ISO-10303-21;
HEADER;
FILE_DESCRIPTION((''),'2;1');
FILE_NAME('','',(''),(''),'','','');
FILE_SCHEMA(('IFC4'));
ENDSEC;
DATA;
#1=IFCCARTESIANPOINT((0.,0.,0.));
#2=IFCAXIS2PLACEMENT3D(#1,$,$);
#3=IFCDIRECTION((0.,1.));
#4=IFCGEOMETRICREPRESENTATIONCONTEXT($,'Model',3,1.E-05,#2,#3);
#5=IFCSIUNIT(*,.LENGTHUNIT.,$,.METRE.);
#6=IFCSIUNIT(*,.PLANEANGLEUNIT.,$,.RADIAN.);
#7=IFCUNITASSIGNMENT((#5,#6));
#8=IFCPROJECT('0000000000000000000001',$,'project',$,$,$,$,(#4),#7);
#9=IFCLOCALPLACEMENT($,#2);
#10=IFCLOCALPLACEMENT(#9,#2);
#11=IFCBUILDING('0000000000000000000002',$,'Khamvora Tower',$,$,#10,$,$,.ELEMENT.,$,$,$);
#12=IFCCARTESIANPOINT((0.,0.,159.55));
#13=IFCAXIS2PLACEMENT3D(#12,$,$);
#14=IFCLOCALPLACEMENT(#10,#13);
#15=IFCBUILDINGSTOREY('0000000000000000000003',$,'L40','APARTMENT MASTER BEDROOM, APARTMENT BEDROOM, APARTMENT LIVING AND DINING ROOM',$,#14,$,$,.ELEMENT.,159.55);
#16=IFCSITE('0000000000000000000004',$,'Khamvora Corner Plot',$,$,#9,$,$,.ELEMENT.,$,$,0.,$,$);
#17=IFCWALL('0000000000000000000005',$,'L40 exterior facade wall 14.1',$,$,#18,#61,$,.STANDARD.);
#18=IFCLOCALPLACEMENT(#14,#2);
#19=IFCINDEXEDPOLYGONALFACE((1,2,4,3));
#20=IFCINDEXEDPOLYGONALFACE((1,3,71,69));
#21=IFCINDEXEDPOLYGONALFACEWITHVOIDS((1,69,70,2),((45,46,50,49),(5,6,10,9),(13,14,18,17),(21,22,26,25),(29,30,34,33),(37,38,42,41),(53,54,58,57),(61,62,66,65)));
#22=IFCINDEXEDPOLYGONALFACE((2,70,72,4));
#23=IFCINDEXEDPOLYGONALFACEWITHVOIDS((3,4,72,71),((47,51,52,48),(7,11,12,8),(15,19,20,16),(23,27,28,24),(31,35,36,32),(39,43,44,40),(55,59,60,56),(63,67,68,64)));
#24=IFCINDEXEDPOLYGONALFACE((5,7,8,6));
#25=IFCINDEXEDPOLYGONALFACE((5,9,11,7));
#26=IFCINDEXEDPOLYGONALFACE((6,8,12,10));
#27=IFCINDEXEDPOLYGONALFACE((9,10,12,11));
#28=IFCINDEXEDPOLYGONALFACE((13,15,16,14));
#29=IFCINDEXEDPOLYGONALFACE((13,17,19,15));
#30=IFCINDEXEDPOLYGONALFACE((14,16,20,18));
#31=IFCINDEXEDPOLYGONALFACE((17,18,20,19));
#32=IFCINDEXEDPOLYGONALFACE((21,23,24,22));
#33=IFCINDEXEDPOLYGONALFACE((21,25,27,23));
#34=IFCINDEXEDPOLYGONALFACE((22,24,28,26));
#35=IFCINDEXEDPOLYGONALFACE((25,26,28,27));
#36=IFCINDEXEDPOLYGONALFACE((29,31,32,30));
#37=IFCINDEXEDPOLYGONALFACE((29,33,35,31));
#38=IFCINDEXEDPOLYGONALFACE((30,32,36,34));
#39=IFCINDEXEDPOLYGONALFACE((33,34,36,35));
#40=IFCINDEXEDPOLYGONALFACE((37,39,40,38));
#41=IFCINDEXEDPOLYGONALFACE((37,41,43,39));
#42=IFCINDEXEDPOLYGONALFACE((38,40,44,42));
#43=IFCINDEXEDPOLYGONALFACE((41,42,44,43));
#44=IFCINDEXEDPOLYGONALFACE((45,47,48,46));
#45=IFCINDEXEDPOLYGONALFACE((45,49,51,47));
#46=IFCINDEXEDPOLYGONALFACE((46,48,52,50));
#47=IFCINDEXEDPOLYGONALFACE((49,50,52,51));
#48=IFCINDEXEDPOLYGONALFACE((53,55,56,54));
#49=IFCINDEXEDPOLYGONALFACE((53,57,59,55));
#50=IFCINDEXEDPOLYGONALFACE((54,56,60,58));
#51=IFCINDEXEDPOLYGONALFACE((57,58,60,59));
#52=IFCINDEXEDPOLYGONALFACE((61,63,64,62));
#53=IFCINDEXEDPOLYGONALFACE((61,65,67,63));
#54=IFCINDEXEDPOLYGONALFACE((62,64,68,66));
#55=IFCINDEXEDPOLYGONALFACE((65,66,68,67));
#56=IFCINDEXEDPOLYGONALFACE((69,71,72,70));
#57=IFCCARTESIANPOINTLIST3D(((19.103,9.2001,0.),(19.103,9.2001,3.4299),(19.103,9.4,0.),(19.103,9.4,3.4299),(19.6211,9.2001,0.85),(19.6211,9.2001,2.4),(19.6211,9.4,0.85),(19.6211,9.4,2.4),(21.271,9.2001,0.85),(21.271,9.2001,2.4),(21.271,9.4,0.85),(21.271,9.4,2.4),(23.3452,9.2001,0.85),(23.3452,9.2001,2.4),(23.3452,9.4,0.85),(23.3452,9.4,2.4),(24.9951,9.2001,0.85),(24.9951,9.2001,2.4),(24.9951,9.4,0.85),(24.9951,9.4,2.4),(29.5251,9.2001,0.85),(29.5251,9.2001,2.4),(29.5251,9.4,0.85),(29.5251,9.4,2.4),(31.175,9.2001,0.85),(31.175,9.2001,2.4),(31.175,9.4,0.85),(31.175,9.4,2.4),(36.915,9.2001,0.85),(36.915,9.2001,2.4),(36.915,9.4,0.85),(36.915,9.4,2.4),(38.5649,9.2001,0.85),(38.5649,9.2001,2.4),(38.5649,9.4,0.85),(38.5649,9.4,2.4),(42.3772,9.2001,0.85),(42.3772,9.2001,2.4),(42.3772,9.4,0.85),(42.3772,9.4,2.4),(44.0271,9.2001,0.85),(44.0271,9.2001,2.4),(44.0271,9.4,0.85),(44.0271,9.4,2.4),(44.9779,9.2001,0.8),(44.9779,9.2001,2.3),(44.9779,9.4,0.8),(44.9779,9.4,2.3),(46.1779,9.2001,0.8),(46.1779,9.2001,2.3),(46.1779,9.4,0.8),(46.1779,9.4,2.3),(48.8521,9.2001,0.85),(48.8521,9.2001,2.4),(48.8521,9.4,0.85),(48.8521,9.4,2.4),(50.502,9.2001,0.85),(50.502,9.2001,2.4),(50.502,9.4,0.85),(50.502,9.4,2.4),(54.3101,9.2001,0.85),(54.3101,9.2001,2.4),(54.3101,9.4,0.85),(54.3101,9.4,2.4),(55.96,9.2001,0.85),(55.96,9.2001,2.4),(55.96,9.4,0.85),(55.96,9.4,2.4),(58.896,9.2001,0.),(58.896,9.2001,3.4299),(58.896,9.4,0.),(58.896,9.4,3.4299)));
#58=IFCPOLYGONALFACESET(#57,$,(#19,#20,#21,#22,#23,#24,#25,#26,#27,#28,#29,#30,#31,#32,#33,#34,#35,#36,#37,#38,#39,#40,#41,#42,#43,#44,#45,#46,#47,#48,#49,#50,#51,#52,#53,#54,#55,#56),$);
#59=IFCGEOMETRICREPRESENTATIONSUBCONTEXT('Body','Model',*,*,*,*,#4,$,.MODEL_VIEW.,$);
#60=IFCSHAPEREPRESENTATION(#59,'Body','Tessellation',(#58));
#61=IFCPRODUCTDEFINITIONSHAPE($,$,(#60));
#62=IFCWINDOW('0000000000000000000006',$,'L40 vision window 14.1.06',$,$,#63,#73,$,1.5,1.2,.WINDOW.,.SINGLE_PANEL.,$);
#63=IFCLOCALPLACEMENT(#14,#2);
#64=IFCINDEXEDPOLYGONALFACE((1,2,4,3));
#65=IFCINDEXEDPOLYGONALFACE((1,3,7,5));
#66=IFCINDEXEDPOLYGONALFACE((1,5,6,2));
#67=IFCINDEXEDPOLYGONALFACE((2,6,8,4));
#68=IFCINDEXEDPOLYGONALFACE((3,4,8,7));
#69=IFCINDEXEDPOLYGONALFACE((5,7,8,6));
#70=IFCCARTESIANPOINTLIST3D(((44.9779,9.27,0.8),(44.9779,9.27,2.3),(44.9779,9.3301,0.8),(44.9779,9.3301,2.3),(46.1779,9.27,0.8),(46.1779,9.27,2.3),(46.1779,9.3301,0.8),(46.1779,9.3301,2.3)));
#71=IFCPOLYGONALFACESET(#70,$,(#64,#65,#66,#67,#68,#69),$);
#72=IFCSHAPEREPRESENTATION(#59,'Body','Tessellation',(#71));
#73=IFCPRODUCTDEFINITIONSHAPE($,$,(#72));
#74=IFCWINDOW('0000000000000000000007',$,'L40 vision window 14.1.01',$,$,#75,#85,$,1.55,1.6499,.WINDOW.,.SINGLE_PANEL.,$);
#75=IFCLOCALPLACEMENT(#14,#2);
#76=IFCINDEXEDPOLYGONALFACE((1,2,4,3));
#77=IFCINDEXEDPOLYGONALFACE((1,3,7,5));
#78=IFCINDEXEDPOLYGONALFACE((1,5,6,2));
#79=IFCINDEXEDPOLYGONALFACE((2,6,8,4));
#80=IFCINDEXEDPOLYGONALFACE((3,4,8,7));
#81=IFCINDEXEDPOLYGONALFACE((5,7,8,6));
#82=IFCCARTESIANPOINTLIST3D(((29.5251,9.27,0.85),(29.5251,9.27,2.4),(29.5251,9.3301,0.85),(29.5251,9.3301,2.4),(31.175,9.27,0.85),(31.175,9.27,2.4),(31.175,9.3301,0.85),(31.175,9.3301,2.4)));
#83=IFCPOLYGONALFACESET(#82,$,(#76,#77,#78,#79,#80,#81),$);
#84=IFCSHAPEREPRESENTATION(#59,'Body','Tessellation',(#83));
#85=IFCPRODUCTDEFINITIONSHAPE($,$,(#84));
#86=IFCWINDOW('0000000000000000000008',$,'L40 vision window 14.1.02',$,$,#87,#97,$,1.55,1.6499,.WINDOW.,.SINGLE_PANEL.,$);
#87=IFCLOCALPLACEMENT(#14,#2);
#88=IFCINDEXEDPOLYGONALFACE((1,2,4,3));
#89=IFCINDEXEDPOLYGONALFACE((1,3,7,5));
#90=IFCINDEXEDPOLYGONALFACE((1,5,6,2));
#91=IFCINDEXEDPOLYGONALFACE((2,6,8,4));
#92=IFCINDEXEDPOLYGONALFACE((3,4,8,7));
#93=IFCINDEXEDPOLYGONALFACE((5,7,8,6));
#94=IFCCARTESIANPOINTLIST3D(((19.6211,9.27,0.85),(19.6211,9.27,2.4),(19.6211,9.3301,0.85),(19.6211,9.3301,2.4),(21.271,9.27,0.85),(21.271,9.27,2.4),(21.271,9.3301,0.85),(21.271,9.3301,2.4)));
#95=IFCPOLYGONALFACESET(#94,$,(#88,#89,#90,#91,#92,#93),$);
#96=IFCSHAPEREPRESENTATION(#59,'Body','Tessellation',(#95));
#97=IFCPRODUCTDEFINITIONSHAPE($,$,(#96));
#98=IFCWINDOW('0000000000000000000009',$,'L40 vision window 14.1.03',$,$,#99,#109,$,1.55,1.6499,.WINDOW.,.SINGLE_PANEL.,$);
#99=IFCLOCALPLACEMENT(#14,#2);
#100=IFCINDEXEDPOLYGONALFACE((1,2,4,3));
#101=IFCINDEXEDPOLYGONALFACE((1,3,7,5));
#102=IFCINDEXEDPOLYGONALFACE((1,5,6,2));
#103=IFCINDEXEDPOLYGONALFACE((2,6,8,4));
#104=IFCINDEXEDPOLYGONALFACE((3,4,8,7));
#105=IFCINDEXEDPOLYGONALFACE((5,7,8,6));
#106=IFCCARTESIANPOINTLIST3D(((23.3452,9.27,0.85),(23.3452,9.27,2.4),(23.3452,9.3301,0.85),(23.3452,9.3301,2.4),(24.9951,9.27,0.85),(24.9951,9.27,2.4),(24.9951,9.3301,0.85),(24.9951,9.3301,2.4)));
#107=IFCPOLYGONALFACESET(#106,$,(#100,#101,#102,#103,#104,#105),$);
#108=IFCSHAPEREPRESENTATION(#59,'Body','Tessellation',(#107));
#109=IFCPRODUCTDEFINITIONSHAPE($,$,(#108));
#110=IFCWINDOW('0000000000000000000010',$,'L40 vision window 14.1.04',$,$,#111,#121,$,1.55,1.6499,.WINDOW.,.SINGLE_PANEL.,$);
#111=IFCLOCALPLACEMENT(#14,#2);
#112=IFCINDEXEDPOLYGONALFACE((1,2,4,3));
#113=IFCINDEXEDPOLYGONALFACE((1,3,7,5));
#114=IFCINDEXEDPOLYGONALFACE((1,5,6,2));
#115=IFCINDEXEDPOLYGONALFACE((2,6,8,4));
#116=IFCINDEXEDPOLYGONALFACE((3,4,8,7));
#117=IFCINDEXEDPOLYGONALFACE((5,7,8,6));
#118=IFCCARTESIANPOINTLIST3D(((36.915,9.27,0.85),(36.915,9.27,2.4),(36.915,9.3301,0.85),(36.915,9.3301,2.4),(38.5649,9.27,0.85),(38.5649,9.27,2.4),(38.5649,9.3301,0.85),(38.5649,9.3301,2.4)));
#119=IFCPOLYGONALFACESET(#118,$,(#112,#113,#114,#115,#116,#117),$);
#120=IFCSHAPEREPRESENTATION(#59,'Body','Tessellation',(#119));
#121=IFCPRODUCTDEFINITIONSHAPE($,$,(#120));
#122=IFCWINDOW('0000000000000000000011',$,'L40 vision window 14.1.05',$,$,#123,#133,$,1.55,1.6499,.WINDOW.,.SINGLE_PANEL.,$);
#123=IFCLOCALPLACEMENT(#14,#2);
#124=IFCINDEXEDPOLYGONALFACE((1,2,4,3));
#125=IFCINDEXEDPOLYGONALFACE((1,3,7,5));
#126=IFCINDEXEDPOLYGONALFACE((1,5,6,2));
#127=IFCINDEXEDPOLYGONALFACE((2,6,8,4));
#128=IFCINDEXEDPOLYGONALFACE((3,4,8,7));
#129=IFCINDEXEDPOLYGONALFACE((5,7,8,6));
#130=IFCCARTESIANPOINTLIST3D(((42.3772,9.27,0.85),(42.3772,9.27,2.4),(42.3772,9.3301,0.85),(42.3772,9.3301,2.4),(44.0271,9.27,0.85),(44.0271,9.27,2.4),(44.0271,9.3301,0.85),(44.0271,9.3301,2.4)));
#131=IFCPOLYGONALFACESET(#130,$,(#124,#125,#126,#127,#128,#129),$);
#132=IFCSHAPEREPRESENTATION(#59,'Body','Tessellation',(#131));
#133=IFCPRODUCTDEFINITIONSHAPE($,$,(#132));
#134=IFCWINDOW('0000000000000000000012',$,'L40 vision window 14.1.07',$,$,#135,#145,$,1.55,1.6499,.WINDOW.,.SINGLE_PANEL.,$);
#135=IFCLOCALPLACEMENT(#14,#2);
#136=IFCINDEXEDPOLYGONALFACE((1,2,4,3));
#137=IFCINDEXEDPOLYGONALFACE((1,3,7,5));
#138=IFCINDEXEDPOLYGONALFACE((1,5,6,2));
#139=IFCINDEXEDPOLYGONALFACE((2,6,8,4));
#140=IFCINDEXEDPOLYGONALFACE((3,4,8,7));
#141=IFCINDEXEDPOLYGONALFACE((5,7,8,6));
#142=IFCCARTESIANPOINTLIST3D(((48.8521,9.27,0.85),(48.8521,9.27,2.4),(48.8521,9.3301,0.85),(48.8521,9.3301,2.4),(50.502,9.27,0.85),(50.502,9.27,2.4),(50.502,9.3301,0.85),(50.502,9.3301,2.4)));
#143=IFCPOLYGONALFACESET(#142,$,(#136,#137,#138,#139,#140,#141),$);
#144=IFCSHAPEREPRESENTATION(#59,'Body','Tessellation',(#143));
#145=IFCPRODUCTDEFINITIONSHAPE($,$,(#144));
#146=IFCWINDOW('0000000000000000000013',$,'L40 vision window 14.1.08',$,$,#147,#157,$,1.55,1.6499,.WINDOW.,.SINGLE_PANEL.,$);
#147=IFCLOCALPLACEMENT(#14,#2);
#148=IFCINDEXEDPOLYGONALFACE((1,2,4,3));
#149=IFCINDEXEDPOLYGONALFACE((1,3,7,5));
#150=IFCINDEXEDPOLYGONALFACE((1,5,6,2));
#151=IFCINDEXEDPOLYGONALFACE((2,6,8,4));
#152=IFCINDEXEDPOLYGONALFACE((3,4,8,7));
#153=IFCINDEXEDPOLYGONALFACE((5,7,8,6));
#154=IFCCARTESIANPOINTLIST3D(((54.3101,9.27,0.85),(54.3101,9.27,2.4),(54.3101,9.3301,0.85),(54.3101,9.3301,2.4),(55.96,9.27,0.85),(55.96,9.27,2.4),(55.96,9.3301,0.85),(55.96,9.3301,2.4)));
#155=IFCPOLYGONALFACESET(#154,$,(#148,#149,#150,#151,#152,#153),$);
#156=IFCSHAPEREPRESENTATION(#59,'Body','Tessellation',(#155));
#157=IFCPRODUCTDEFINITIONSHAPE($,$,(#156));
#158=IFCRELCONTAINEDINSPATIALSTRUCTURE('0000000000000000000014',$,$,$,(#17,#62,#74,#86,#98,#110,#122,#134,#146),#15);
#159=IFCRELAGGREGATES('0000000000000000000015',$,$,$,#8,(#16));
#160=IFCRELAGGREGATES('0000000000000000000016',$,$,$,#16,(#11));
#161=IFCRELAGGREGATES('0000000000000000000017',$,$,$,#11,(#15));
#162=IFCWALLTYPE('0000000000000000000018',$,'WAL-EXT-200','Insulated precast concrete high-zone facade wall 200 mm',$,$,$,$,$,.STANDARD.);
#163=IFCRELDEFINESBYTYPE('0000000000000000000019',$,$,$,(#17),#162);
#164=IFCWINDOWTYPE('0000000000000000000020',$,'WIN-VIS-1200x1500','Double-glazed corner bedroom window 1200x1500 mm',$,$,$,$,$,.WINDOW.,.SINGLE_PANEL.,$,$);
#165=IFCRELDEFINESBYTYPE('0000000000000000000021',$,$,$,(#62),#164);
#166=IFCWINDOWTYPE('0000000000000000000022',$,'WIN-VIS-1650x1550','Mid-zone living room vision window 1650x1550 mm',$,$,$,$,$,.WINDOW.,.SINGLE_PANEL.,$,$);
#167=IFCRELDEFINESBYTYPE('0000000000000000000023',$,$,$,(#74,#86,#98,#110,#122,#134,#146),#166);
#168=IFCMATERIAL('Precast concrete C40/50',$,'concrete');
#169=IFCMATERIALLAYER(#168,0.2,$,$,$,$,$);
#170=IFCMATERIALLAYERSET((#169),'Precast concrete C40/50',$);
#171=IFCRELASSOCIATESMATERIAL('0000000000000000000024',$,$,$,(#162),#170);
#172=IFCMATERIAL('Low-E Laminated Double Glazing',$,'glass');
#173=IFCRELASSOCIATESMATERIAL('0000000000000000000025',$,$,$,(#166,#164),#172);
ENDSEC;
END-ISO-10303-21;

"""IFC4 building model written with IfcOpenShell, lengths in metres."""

from ifc_helpers import new_model, si_unit, direction, frame, frame_2d, origin, place, context, subcontext, project, spatial, rectangle, extrude, material, layer, layer_set, type_object, element, fill, save


model = new_model("IFC4")

# Units and contexts
model_context = context("Model", 3, precision=1e-05, world=origin(), true_north=direction((0.0, 1.0)))
body_context = subcontext(model_context, "Body", "Model", "MODEL_VIEW")
ifc_project = project(units=[si_unit("LENGTHUNIT", "METRE"), si_unit("PLANEANGLEUNIT", "RADIAN")], contexts=[model_context])

# Site, building, storey
site_placement = place(None, origin())
site = spatial("IfcSite", under=ifc_project, at=site_placement, Name="Khamvora Corner Plot", CompositionType="ELEMENT", RefElevation=0.0)
building_placement = place(site_placement, origin())
building = spatial("IfcBuilding", under=site, at=building_placement, Name="Khamvora Tower", CompositionType="ELEMENT")
storey_placement = place(building_placement, frame((0.0, 0.0, 159.55)))
storey = spatial("IfcBuildingStorey", under=building, at=storey_placement, Name="L40", Description="APARTMENT MASTER BEDROOM, APARTMENT BEDROOM, APARTMENT LIVING AND DINING ROOM", CompositionType="ELEMENT", Elevation=159.55)

# Shared definitions
ifc_material_1 = material(Name="Precast concrete C40/50", Category="concrete")
ifc_layer_1 = layer(ifc_material_1, 0.2)
ifc_layer_set_1 = layer_set([ifc_layer_1], Name="Precast concrete C40/50")
wall_type_1 = type_object("IfcWallType", Name="WAL-EXT-200", Description="Insulated precast concrete high-zone facade wall 200 mm", PredefinedType="STANDARD", material=ifc_layer_set_1)
ifc_material_2 = material(Name="Low-E Laminated Double Glazing", Category="glass")
window_type_1 = type_object("IfcWindowType", Name="WIN-VIS-1650x1550", Description="Mid-zone living room vision window 1650x1550 mm", PartitioningType="SINGLE_PANEL", PredefinedType="WINDOW", material=ifc_material_2)

# Wall, openings, windows
wall_1_placement = place(storey_placement, frame((58.896, 9.3, 0.0), z_axis=(0.0, 0.0, 1.0), x_axis=(-1.0, 0.0, 0.0)))
wall_1 = element("IfcWall", 1, at=wall_1_placement, inside=storey, type_object=wall_type_1, Name="L40 exterior facade wall 14.1", PredefinedType="STANDARD", context=body_context, shape_type="SweptSolid", body=[
    extrude(rectangle(XDim=39.793, YDim=0.2, at=frame_2d((19.8965, 0.0))), origin(), (0.0, 0.0, 1.0), 3.4299),
])
opening_1_placement = place(wall_1_placement, frame((27.7209, 0.0, 0.8501)))
opening_1 = element("IfcOpeningElement", 2, at=opening_1_placement, cuts=wall_1, PredefinedType="OPENING", context=body_context, shape_type="SweptSolid", body=[
    extrude(rectangle(XDim=1.6499, YDim=1.55, at=frame_2d((0.825, 0.7749))), frame((0.0, 0.1099, 0.0), z_axis=(0.0, -1.0, 0.0), x_axis=(1.0, 0.0, 0.0)), (0.0, 0.0, 1.0), 0.22),
])
opening_2_placement = place(wall_1_placement, frame((37.625, 0.0, 0.8501)))
opening_2 = element("IfcOpeningElement", 3, at=opening_2_placement, cuts=wall_1, PredefinedType="OPENING", context=body_context, shape_type="SweptSolid", body=[
    extrude(rectangle(XDim=1.6499, YDim=1.55, at=frame_2d((0.825, 0.7749))), frame((0.0, 0.1099, 0.0), z_axis=(0.0, -1.0, 0.0), x_axis=(1.0, 0.0, 0.0)), (0.0, 0.0, 1.0), 0.22),
])
opening_3_placement = place(wall_1_placement, frame((33.9009, 0.0, 0.8501)))
opening_3 = element("IfcOpeningElement", 4, at=opening_3_placement, cuts=wall_1, PredefinedType="OPENING", context=body_context, shape_type="SweptSolid", body=[
    extrude(rectangle(XDim=1.6499, YDim=1.55, at=frame_2d((0.825, 0.7749))), frame((0.0, 0.1099, 0.0), z_axis=(0.0, -1.0, 0.0), x_axis=(1.0, 0.0, 0.0)), (0.0, 0.0, 1.0), 0.22),
])
opening_4_placement = place(wall_1_placement, frame((20.3311, 0.0, 0.8501)))
opening_4 = element("IfcOpeningElement", 5, at=opening_4_placement, cuts=wall_1, PredefinedType="OPENING", context=body_context, shape_type="SweptSolid", body=[
    extrude(rectangle(XDim=1.6499, YDim=1.55, at=frame_2d((0.825, 0.7749))), frame((0.0, 0.1099, 0.0), z_axis=(0.0, -1.0, 0.0), x_axis=(1.0, 0.0, 0.0)), (0.0, 0.0, 1.0), 0.22),
])
opening_5_placement = place(wall_1_placement, frame((14.8689, 0.0, 0.8501)))
opening_5 = element("IfcOpeningElement", 6, at=opening_5_placement, cuts=wall_1, PredefinedType="OPENING", context=body_context, shape_type="SweptSolid", body=[
    extrude(rectangle(XDim=1.6499, YDim=1.55, at=frame_2d((0.825, 0.7749))), frame((0.0, 0.1099, 0.0), z_axis=(0.0, -1.0, 0.0), x_axis=(1.0, 0.0, 0.0)), (0.0, 0.0, 1.0), 0.22),
])
opening_6_placement = place(wall_1_placement, frame((12.718, 0.0, 0.8)))
opening_6 = element("IfcOpeningElement", 7, at=opening_6_placement, cuts=wall_1, PredefinedType="OPENING", context=body_context, shape_type="SweptSolid", body=[
    extrude(rectangle(XDim=1.2, YDim=1.5, at=frame_2d((0.6001, 0.75))), frame((0.0, 0.1099, 0.0), z_axis=(0.0, -1.0, 0.0), x_axis=(1.0, 0.0, 0.0)), (0.0, 0.0, 1.0), 0.22),
])
opening_7_placement = place(wall_1_placement, frame((8.394, 0.0, 0.8501)))
opening_7 = element("IfcOpeningElement", 8, at=opening_7_placement, cuts=wall_1, PredefinedType="OPENING", context=body_context, shape_type="SweptSolid", body=[
    extrude(rectangle(XDim=1.6499, YDim=1.55, at=frame_2d((0.825, 0.7749))), frame((0.0, 0.1099, 0.0), z_axis=(0.0, -1.0, 0.0), x_axis=(1.0, 0.0, 0.0)), (0.0, 0.0, 1.0), 0.22),
])
opening_8_placement = place(wall_1_placement, frame((2.936, 0.0, 0.8501)))
opening_8 = element("IfcOpeningElement", 9, at=opening_8_placement, cuts=wall_1, PredefinedType="OPENING", context=body_context, shape_type="SweptSolid", body=[
    extrude(rectangle(XDim=1.6499, YDim=1.55, at=frame_2d((0.825, 0.7749))), frame((0.0, 0.1099, 0.0), z_axis=(0.0, -1.0, 0.0), x_axis=(1.0, 0.0, 0.0)), (0.0, 0.0, 1.0), 0.22),
])
window_type_2 = type_object("IfcWindowType", Name="WIN-VIS-1200x1500", Description="Double-glazed corner bedroom window 1200x1500 mm", PartitioningType="SINGLE_PANEL", PredefinedType="WINDOW", material=ifc_material_2)
window_1_placement = place(opening_6_placement, origin())
window_1 = element("IfcWindow", 10, at=window_1_placement, inside=storey, type_object=window_type_2, Name="L40 vision window 14.1.06", OverallHeight=1.5, OverallWidth=1.2, PartitioningType="SINGLE_PANEL", PredefinedType="WINDOW", context=body_context, shape_type="SweptSolid", body=[
    extrude(rectangle(XDim=1.2, YDim=1.5, at=frame_2d((0.6001, 0.75))), frame((0.0, 0.03, 0.0), z_axis=(0.0, -1.0, 0.0), x_axis=(1.0, 0.0, 0.0)), (0.0, 0.0, 1.0), 0.0601),
])
fill(opening_6, window_1)
window_2_placement = place(opening_1_placement, origin())
window_2 = element("IfcWindow", 11, at=window_2_placement, inside=storey, type_object=window_type_1, Name="L40 vision window 14.1.01", OverallHeight=1.55, OverallWidth=1.6499, PartitioningType="SINGLE_PANEL", PredefinedType="WINDOW", context=body_context, shape_type="SweptSolid", body=[
    extrude(rectangle(XDim=1.6499, YDim=1.55, at=frame_2d((0.825, 0.7749))), frame((0.0, 0.03, 0.0), z_axis=(0.0, -1.0, 0.0), x_axis=(1.0, 0.0, 0.0)), (0.0, 0.0, 1.0), 0.0601),
])
fill(opening_1, window_2)
window_3_placement = place(opening_2_placement, origin())
window_3 = element("IfcWindow", 12, at=window_3_placement, inside=storey, type_object=window_type_1, Name="L40 vision window 14.1.02", OverallHeight=1.55, OverallWidth=1.6499, PartitioningType="SINGLE_PANEL", PredefinedType="WINDOW", context=body_context, shape_type="SweptSolid", body=[
    extrude(rectangle(XDim=1.6499, YDim=1.55, at=frame_2d((0.825, 0.7749))), frame((0.0, 0.03, 0.0), z_axis=(0.0, -1.0, 0.0), x_axis=(1.0, 0.0, 0.0)), (0.0, 0.0, 1.0), 0.0601),
])
fill(opening_2, window_3)
window_4_placement = place(opening_3_placement, origin())
window_4 = element("IfcWindow", 13, at=window_4_placement, inside=storey, type_object=window_type_1, Name="L40 vision window 14.1.03", OverallHeight=1.55, OverallWidth=1.6499, PartitioningType="SINGLE_PANEL", PredefinedType="WINDOW", context=body_context, shape_type="SweptSolid", body=[
    extrude(rectangle(XDim=1.6499, YDim=1.55, at=frame_2d((0.825, 0.7749))), frame((0.0, 0.03, 0.0), z_axis=(0.0, -1.0, 0.0), x_axis=(1.0, 0.0, 0.0)), (0.0, 0.0, 1.0), 0.0601),
])
fill(opening_3, window_4)
window_5_placement = place(opening_4_placement, origin())
window_5 = element("IfcWindow", 14, at=window_5_placement, inside=storey, type_object=window_type_1, Name="L40 vision window 14.1.04", OverallHeight=1.55, OverallWidth=1.6499, PartitioningType="SINGLE_PANEL", PredefinedType="WINDOW", context=body_context, shape_type="SweptSolid", body=[
    extrude(rectangle(XDim=1.6499, YDim=1.55, at=frame_2d((0.825, 0.7749))), frame((0.0, 0.03, 0.0), z_axis=(0.0, -1.0, 0.0), x_axis=(1.0, 0.0, 0.0)), (0.0, 0.0, 1.0), 0.0601),
])
fill(opening_4, window_5)
window_6_placement = place(opening_5_placement, origin())
window_6 = element("IfcWindow", 15, at=window_6_placement, inside=storey, type_object=window_type_1, Name="L40 vision window 14.1.05", OverallHeight=1.55, OverallWidth=1.6499, PartitioningType="SINGLE_PANEL", PredefinedType="WINDOW", context=body_context, shape_type="SweptSolid", body=[
    extrude(rectangle(XDim=1.6499, YDim=1.55, at=frame_2d((0.825, 0.7749))), frame((0.0, 0.03, 0.0), z_axis=(0.0, -1.0, 0.0), x_axis=(1.0, 0.0, 0.0)), (0.0, 0.0, 1.0), 0.0601),
])
fill(opening_5, window_6)
window_7_placement = place(opening_7_placement, origin())
window_7 = element("IfcWindow", 16, at=window_7_placement, inside=storey, type_object=window_type_1, Name="L40 vision window 14.1.07", OverallHeight=1.55, OverallWidth=1.6499, PartitioningType="SINGLE_PANEL", PredefinedType="WINDOW", context=body_context, shape_type="SweptSolid", body=[
    extrude(rectangle(XDim=1.6499, YDim=1.55, at=frame_2d((0.825, 0.7749))), frame((0.0, 0.03, 0.0), z_axis=(0.0, -1.0, 0.0), x_axis=(1.0, 0.0, 0.0)), (0.0, 0.0, 1.0), 0.0601),
])
fill(opening_7, window_7)
window_8_placement = place(opening_8_placement, origin())
window_8 = element("IfcWindow", 17, at=window_8_placement, inside=storey, type_object=window_type_1, Name="L40 vision window 14.1.08", OverallHeight=1.55, OverallWidth=1.6499, PartitioningType="SINGLE_PANEL", PredefinedType="WINDOW", context=body_context, shape_type="SweptSolid", body=[
    extrude(rectangle(XDim=1.6499, YDim=1.55, at=frame_2d((0.825, 0.7749))), frame((0.0, 0.03, 0.0), z_axis=(0.0, -1.0, 0.0), x_axis=(1.0, 0.0, 0.0)), (0.0, 0.0, 1.0), 0.0601),
])
fill(opening_8, window_8)

save(model, "model.ifc")
